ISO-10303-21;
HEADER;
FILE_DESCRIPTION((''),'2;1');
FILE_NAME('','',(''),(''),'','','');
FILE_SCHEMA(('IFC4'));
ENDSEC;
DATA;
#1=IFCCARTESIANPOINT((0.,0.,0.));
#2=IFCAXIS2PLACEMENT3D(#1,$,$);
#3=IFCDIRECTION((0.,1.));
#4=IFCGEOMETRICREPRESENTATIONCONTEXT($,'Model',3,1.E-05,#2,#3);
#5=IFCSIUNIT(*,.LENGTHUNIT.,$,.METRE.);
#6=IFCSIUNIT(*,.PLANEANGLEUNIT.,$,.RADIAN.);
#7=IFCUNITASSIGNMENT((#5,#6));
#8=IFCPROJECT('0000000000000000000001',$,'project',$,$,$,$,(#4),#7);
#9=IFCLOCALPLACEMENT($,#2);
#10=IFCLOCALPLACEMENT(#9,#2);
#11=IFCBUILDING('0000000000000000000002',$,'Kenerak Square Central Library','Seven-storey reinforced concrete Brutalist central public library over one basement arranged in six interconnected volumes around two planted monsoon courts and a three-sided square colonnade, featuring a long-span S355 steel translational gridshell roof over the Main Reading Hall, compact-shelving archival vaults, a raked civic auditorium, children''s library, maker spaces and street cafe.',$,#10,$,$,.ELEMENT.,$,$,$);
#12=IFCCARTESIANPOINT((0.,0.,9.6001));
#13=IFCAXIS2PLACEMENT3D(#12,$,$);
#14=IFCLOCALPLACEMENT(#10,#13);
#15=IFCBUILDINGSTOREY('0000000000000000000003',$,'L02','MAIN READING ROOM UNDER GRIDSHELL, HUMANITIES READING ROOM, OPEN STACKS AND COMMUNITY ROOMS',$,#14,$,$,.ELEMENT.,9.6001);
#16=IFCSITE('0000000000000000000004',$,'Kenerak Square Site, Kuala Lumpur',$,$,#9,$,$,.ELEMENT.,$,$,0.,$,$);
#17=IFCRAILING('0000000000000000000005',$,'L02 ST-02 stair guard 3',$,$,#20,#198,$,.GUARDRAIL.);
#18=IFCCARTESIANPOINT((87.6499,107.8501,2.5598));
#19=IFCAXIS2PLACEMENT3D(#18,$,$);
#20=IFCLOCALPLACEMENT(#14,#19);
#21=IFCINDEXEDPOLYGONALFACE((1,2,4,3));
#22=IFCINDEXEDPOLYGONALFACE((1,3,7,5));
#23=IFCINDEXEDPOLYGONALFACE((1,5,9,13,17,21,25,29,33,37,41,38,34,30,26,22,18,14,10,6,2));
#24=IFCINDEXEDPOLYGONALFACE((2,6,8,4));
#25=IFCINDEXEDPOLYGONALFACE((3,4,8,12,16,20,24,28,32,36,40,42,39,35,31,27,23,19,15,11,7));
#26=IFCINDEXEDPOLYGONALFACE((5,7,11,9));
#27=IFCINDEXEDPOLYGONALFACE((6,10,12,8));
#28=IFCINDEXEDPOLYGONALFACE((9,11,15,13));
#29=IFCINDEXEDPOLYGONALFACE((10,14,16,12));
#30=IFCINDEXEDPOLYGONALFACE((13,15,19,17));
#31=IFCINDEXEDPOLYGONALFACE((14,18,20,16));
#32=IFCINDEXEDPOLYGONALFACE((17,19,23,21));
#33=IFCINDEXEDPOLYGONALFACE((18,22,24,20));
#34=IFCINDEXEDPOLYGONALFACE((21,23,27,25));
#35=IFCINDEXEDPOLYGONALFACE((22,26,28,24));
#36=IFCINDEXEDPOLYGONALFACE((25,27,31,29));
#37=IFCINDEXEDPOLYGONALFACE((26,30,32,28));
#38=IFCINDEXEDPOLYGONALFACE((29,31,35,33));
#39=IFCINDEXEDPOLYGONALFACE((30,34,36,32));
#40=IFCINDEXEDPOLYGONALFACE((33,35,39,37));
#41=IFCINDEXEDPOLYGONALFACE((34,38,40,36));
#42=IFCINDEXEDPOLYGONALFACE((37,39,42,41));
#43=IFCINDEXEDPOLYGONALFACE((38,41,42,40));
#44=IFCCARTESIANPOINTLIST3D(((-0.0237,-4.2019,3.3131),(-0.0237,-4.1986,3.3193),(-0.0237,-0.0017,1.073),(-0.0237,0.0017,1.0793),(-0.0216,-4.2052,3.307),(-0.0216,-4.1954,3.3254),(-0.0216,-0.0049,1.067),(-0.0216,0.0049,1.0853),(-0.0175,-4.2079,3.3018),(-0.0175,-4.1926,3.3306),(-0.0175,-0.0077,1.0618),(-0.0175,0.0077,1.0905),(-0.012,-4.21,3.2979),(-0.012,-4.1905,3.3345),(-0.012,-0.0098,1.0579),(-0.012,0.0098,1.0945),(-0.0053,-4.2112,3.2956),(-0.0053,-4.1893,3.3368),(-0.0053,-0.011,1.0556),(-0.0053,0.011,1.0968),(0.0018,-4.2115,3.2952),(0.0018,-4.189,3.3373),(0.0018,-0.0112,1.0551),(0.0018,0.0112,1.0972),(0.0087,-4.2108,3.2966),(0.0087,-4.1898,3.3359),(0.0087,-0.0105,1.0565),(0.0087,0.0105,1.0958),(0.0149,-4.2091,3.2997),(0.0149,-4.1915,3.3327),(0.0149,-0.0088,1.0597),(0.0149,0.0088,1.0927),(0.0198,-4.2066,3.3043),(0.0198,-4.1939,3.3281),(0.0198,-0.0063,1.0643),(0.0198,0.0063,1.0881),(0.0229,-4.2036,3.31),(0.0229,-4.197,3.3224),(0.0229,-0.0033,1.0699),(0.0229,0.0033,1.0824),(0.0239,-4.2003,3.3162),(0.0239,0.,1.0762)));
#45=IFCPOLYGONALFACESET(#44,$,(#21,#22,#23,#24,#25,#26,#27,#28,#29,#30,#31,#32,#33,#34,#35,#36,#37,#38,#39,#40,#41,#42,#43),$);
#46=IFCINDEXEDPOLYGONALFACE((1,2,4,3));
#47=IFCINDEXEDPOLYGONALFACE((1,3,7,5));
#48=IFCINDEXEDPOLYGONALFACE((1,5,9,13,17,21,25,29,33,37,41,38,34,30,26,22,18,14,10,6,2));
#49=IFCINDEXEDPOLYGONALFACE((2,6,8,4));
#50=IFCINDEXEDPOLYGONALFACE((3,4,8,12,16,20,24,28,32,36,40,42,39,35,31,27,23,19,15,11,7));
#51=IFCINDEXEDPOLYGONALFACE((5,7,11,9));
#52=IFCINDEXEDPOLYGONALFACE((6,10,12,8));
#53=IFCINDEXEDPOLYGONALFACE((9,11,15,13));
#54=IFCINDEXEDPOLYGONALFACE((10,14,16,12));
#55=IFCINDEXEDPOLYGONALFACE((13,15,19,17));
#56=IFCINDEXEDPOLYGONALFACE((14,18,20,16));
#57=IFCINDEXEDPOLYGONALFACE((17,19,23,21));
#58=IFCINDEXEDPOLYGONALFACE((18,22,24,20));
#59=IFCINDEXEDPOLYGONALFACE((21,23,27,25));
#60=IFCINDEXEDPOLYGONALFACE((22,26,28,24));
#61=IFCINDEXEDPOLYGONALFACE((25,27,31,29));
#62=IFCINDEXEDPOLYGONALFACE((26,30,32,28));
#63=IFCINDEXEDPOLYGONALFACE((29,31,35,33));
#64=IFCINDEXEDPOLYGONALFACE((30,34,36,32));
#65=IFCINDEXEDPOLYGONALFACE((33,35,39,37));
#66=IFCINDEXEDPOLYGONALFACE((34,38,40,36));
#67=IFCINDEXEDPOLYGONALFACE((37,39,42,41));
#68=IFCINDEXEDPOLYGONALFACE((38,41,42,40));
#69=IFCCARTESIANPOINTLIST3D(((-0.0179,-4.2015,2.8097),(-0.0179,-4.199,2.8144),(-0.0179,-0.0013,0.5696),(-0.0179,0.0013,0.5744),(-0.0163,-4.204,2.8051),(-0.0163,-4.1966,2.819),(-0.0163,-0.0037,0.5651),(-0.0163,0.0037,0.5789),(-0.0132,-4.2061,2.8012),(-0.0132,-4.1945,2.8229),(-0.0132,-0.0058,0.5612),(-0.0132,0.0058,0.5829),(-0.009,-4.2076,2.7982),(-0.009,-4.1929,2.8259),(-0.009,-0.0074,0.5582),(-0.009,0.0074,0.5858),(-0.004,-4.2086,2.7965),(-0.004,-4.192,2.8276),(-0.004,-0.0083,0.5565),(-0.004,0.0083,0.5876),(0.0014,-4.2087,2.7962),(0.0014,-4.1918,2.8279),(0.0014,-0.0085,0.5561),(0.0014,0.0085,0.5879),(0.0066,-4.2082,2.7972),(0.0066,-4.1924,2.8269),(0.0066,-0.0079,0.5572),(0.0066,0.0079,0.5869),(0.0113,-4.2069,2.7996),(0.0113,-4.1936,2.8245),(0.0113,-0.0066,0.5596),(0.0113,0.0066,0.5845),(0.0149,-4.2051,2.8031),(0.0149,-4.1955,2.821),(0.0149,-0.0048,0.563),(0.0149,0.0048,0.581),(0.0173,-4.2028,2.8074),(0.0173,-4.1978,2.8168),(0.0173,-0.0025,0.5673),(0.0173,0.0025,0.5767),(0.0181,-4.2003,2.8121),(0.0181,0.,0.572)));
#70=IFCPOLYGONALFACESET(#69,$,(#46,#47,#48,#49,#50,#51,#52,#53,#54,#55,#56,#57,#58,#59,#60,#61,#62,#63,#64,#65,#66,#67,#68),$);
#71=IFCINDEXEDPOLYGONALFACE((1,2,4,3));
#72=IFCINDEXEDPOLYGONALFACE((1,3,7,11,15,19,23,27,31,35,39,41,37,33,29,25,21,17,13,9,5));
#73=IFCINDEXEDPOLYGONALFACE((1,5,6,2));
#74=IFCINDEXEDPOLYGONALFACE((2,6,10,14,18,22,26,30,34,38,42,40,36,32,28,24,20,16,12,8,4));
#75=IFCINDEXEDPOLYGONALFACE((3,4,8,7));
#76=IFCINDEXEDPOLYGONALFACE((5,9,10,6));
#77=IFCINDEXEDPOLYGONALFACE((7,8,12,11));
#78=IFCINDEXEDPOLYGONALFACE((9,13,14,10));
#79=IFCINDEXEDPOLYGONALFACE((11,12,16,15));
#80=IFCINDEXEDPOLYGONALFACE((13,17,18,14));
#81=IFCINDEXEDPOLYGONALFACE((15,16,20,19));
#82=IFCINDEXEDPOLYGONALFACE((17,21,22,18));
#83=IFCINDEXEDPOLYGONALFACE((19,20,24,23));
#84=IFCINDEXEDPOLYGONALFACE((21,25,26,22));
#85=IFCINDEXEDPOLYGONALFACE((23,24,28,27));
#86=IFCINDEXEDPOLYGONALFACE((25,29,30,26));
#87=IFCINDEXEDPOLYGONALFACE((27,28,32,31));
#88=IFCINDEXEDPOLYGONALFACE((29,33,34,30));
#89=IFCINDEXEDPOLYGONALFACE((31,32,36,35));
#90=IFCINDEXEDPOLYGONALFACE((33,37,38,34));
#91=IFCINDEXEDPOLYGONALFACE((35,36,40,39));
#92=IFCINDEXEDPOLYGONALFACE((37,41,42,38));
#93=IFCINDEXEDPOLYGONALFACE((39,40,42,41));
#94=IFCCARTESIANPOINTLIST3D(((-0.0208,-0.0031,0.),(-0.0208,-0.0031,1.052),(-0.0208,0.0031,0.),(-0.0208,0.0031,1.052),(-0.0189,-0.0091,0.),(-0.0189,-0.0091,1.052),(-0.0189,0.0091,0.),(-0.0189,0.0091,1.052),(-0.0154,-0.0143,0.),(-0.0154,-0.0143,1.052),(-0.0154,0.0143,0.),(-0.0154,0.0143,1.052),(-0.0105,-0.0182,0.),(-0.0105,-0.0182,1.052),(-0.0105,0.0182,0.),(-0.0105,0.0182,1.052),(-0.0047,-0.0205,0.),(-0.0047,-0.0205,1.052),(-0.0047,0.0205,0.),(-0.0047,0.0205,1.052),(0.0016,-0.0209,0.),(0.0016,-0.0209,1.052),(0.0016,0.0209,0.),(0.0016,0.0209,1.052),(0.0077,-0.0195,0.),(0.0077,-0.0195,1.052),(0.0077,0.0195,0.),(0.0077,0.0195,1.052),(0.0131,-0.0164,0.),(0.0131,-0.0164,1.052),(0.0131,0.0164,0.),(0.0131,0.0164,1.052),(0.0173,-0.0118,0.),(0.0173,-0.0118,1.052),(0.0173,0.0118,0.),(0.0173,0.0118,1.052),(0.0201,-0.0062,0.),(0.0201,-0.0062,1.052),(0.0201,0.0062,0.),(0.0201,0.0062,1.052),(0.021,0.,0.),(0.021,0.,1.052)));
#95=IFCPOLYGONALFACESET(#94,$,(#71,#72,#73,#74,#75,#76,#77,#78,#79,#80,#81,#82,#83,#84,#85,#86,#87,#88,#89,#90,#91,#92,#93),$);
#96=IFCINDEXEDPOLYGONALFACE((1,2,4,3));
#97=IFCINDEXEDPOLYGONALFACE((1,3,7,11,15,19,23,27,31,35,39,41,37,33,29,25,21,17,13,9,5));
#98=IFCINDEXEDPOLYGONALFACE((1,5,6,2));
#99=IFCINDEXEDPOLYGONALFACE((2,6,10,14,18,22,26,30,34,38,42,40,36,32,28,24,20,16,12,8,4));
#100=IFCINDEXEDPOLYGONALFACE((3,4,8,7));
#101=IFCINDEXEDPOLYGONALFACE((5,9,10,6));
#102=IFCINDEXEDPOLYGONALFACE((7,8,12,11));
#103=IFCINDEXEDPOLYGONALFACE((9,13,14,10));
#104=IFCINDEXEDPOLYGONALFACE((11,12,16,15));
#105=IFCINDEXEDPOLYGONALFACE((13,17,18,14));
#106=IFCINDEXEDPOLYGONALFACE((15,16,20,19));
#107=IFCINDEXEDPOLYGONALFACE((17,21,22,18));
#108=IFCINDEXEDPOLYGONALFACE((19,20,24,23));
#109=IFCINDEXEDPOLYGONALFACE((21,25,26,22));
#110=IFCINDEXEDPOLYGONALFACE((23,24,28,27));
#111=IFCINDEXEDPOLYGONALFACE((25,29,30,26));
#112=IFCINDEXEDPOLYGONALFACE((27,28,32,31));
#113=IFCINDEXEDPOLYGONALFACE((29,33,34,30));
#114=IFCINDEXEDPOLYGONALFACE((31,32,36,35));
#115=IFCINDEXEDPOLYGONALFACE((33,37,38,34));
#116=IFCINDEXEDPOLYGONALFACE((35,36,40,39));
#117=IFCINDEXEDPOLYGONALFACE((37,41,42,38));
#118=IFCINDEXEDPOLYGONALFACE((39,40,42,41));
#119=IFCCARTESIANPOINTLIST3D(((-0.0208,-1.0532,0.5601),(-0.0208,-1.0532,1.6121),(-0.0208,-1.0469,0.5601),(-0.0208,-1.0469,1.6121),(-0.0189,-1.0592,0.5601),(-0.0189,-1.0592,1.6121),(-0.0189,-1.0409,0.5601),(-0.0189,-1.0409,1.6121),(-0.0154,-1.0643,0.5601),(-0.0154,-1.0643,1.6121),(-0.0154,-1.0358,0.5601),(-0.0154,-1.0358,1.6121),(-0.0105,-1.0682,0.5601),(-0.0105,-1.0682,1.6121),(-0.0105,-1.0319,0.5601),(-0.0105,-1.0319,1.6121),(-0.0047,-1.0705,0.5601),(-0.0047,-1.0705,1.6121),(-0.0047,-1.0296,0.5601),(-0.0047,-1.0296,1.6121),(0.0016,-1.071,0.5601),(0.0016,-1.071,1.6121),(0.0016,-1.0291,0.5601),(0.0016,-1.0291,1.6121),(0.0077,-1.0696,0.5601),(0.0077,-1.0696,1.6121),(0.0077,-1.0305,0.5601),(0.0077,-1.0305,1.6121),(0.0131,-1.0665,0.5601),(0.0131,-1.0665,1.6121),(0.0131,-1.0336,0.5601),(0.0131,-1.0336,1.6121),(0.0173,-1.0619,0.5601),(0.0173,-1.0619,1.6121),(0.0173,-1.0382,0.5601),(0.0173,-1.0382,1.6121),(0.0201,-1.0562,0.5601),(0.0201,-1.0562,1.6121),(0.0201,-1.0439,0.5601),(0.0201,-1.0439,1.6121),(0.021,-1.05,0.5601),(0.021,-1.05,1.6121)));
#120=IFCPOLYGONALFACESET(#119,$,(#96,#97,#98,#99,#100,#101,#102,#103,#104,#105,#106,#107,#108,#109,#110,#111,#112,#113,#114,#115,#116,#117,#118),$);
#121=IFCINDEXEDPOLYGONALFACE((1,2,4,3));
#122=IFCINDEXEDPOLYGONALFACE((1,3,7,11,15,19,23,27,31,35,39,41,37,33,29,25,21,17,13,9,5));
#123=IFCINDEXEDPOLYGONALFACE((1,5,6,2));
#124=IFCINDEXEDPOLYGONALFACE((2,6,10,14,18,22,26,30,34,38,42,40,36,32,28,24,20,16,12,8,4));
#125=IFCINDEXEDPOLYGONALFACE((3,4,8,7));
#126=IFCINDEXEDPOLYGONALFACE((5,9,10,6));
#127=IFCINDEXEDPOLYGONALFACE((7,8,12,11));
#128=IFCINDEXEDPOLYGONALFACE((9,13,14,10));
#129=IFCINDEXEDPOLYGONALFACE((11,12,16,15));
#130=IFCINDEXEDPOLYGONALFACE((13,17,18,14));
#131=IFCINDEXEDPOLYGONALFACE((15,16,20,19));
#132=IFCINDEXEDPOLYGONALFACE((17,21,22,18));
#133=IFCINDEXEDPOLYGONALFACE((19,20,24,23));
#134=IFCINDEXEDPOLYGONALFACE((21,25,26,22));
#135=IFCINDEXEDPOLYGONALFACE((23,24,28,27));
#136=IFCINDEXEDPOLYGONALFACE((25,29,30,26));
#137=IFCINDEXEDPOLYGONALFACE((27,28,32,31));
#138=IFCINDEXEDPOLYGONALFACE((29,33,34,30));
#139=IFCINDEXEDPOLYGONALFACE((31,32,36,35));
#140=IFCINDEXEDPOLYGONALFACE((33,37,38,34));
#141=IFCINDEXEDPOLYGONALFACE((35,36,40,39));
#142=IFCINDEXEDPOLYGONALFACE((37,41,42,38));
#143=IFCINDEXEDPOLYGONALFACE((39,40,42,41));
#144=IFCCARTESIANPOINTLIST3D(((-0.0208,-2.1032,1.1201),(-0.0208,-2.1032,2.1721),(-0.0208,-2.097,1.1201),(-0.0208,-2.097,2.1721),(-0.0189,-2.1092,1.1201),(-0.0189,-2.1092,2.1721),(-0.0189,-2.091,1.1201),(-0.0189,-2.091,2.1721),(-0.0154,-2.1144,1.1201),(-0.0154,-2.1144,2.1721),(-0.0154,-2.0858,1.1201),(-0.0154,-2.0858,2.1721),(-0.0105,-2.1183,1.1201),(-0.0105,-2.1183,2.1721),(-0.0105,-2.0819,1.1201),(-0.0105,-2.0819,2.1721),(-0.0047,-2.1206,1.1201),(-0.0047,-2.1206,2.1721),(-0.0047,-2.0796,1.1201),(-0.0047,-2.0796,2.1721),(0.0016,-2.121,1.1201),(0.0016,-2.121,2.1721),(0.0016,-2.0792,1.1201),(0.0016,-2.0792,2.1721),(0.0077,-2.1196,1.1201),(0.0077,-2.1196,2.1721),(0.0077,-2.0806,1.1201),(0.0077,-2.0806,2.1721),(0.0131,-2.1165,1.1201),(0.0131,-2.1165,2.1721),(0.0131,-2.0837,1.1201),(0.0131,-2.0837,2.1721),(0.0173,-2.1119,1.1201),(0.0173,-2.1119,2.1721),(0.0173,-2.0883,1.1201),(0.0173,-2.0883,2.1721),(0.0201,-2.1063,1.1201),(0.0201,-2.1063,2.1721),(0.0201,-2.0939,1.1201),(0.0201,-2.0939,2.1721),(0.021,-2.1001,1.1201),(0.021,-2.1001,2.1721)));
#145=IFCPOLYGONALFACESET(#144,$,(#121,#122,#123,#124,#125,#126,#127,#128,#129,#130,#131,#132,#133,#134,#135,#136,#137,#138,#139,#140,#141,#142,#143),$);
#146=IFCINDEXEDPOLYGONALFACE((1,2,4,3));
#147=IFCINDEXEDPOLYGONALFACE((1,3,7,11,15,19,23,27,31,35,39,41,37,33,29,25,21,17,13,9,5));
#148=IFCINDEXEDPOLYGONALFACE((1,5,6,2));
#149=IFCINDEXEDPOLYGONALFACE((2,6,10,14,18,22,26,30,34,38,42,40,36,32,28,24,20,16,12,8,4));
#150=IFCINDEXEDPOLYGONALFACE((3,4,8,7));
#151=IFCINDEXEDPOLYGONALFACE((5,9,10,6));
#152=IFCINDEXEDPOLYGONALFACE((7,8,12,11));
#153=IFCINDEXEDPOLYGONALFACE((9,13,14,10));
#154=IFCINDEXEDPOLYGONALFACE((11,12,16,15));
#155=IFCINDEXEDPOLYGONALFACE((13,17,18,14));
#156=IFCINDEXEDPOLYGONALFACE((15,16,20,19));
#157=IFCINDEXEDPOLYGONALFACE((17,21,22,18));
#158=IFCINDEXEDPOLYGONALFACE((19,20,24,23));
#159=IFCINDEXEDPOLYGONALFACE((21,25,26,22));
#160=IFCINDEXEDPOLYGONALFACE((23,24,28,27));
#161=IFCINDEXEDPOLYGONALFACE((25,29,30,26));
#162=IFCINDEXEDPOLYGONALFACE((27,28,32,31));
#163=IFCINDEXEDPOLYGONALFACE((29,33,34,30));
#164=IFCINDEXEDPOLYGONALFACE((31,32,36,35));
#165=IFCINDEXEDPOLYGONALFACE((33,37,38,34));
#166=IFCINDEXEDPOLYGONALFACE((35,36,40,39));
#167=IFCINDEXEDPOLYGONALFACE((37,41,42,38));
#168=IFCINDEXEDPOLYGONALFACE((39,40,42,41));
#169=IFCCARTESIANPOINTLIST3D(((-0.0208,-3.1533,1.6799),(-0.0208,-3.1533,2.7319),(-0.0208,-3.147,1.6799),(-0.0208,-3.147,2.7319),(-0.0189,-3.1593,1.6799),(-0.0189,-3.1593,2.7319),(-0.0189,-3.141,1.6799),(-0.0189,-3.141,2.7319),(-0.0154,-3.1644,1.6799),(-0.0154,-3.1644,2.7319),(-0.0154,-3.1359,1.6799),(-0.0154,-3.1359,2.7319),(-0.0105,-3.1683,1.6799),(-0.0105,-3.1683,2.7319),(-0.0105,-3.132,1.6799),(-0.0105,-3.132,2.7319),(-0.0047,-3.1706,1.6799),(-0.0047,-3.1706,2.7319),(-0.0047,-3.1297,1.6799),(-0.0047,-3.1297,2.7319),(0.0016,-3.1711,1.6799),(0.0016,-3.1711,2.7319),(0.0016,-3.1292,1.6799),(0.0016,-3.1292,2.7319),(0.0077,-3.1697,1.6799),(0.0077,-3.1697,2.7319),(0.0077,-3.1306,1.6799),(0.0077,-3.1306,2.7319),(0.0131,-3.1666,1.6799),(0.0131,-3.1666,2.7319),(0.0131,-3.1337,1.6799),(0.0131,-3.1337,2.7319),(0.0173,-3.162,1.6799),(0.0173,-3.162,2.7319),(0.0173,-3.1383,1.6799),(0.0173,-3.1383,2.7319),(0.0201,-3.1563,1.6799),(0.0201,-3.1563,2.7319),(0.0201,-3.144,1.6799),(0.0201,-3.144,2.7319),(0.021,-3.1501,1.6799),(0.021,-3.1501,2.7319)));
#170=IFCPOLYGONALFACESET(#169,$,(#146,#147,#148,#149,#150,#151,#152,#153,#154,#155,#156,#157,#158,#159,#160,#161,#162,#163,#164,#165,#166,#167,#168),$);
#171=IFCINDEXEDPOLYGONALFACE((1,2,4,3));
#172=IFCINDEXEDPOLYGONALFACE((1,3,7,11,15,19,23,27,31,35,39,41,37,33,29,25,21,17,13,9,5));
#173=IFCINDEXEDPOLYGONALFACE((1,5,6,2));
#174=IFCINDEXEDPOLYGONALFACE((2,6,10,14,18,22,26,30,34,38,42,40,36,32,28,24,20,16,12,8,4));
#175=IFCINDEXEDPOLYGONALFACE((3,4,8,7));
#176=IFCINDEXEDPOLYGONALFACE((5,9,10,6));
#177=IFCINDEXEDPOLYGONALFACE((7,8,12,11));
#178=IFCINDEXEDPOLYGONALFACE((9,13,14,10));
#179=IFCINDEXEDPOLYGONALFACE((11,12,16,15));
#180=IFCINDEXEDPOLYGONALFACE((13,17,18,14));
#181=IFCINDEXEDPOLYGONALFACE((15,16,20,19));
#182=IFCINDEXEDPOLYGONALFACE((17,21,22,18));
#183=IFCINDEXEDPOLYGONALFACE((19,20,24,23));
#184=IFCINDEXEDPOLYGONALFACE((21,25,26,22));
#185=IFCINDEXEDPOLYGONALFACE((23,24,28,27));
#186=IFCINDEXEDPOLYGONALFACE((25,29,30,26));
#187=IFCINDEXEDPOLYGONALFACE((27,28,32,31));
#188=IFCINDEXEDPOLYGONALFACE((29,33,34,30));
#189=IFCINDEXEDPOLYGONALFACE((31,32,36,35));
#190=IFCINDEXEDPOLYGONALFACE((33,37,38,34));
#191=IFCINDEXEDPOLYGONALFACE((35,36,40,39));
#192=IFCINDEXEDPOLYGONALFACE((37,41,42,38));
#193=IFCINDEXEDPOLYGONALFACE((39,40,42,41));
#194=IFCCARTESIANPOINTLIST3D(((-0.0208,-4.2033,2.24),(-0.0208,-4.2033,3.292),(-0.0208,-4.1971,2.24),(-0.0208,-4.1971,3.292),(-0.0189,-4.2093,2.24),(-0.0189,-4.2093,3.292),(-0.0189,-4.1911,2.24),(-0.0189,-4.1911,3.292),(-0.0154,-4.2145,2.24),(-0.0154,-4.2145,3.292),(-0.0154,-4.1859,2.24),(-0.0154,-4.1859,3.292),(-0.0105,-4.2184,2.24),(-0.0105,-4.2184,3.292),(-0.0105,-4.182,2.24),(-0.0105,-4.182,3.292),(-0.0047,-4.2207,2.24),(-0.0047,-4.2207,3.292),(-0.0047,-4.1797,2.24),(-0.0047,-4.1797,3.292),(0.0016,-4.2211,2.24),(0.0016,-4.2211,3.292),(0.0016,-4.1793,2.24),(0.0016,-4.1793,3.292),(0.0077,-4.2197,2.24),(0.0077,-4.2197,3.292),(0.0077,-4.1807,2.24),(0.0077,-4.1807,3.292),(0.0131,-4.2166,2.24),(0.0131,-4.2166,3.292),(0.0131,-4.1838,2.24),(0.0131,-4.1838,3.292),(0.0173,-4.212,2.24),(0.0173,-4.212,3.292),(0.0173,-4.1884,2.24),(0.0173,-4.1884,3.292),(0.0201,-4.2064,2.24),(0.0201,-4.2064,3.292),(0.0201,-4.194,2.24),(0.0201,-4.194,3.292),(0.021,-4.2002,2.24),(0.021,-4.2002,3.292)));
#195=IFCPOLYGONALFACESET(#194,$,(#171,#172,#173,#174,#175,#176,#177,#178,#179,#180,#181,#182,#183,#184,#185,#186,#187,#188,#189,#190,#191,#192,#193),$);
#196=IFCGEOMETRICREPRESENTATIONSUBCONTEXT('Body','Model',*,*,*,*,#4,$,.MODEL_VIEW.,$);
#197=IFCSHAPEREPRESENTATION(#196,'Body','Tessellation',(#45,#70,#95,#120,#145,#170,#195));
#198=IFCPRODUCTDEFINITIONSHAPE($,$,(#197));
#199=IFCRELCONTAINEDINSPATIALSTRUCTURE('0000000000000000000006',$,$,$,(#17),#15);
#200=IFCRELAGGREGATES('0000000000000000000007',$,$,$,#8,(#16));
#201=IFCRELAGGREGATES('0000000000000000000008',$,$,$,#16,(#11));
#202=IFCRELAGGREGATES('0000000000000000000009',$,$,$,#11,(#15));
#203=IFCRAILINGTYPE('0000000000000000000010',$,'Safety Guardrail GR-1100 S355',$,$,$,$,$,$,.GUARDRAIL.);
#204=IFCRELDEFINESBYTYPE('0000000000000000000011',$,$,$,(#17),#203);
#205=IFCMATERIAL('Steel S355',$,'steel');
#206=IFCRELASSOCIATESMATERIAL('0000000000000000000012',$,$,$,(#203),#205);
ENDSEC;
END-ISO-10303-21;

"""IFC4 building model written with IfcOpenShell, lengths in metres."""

from ifc_helpers import new_model, si_unit, direction, frame, origin, origin_2d, place, context, subcontext, project, spatial, circle, extrude, material, type_object, element, save


model = new_model("IFC4")

# Units and contexts
model_context = context("Model", 3, precision=1e-05, world=origin(), true_north=direction((0.0, 1.0)))
body_context = subcontext(model_context, "Body", "Model", "MODEL_VIEW")
ifc_project = project(units=[si_unit("LENGTHUNIT", "METRE"), si_unit("PLANEANGLEUNIT", "RADIAN")], contexts=[model_context])

# Site, building, storey
site_placement = place(None, origin())
site = spatial("IfcSite", under=ifc_project, at=site_placement, Name="Kenerak Square Site, Kuala Lumpur", CompositionType="ELEMENT", RefElevation=0.0)
building_placement = place(site_placement, origin())
building = spatial("IfcBuilding", under=site, at=building_placement, Name="Kenerak Square Central Library", Description="Seven-storey reinforced concrete Brutalist central public library over one basement arranged in six interconnected volumes around two planted monsoon courts and a three-sided square colonnade, featuring a long-span S355 steel translational gridshell roof over the Main Reading Hall, compact-shelving archival vaults, a raked civic auditorium, children's library, maker spaces and street cafe.", CompositionType="ELEMENT")
storey_placement = place(building_placement, frame((0.0, 0.0, 9.6001)))
storey = spatial("IfcBuildingStorey", under=building, at=storey_placement, Name="L02", Description="MAIN READING ROOM UNDER GRIDSHELL, HUMANITIES READING ROOM, OPEN STACKS AND COMMUNITY ROOMS", CompositionType="ELEMENT", Elevation=9.6001)

# Shared definitions
ifc_material_1 = material(Name="Steel S355", Category="steel")

# Railing
railing_type_1 = type_object("IfcRailingType", Name="Safety Guardrail GR-1100 S355", PredefinedType="GUARDRAIL", material=ifc_material_1)
railing_1_placement = place(storey_placement, frame((87.6499, 107.8501, 2.5598)))
element("IfcRailing", 1, at=railing_1_placement, inside=storey, type_object=railing_type_1, Name="L02 ST-02 stair guard 3", PredefinedType="GUARDRAIL", context=body_context, shape_type="SweptSolid", body=[
    extrude(circle(Radius=0.0239, at=origin_2d()), frame((0.0, 0.0, 1.0762), z_axis=(0.0, -0.882363, 0.47057), x_axis=(1.0, 0.0, 0.0)), (0.0, 0.0, 1.0), 4.7603),
    extrude(circle(Radius=0.0181, at=origin_2d()), frame((0.0, 0.0, 0.572), z_axis=(0.0, -0.882363, 0.47057), x_axis=(1.0, 0.0, 0.0)), (0.0, 0.0, 1.0), 4.7603),
    extrude(circle(Radius=0.021, at=origin_2d()), origin(), (0.0, 0.0, 1.0), 1.052),
    extrude(circle(Radius=0.021, at=origin_2d()), frame((0.0, -1.05, 0.5601)), (0.0, 0.0, 1.0), 1.052),
    extrude(circle(Radius=0.021, at=origin_2d()), frame((0.0, -2.1001, 1.1201)), (0.0, 0.0, 1.0), 1.052),
    extrude(circle(Radius=0.021, at=origin_2d()), frame((0.0, -3.1501, 1.6799)), (0.0, 0.0, 1.0), 1.052),
    extrude(circle(Radius=0.021, at=origin_2d()), frame((0.0, -4.2002, 2.24)), (0.0, 0.0, 1.0), 1.052),
])

save(model, "model.ifc")
